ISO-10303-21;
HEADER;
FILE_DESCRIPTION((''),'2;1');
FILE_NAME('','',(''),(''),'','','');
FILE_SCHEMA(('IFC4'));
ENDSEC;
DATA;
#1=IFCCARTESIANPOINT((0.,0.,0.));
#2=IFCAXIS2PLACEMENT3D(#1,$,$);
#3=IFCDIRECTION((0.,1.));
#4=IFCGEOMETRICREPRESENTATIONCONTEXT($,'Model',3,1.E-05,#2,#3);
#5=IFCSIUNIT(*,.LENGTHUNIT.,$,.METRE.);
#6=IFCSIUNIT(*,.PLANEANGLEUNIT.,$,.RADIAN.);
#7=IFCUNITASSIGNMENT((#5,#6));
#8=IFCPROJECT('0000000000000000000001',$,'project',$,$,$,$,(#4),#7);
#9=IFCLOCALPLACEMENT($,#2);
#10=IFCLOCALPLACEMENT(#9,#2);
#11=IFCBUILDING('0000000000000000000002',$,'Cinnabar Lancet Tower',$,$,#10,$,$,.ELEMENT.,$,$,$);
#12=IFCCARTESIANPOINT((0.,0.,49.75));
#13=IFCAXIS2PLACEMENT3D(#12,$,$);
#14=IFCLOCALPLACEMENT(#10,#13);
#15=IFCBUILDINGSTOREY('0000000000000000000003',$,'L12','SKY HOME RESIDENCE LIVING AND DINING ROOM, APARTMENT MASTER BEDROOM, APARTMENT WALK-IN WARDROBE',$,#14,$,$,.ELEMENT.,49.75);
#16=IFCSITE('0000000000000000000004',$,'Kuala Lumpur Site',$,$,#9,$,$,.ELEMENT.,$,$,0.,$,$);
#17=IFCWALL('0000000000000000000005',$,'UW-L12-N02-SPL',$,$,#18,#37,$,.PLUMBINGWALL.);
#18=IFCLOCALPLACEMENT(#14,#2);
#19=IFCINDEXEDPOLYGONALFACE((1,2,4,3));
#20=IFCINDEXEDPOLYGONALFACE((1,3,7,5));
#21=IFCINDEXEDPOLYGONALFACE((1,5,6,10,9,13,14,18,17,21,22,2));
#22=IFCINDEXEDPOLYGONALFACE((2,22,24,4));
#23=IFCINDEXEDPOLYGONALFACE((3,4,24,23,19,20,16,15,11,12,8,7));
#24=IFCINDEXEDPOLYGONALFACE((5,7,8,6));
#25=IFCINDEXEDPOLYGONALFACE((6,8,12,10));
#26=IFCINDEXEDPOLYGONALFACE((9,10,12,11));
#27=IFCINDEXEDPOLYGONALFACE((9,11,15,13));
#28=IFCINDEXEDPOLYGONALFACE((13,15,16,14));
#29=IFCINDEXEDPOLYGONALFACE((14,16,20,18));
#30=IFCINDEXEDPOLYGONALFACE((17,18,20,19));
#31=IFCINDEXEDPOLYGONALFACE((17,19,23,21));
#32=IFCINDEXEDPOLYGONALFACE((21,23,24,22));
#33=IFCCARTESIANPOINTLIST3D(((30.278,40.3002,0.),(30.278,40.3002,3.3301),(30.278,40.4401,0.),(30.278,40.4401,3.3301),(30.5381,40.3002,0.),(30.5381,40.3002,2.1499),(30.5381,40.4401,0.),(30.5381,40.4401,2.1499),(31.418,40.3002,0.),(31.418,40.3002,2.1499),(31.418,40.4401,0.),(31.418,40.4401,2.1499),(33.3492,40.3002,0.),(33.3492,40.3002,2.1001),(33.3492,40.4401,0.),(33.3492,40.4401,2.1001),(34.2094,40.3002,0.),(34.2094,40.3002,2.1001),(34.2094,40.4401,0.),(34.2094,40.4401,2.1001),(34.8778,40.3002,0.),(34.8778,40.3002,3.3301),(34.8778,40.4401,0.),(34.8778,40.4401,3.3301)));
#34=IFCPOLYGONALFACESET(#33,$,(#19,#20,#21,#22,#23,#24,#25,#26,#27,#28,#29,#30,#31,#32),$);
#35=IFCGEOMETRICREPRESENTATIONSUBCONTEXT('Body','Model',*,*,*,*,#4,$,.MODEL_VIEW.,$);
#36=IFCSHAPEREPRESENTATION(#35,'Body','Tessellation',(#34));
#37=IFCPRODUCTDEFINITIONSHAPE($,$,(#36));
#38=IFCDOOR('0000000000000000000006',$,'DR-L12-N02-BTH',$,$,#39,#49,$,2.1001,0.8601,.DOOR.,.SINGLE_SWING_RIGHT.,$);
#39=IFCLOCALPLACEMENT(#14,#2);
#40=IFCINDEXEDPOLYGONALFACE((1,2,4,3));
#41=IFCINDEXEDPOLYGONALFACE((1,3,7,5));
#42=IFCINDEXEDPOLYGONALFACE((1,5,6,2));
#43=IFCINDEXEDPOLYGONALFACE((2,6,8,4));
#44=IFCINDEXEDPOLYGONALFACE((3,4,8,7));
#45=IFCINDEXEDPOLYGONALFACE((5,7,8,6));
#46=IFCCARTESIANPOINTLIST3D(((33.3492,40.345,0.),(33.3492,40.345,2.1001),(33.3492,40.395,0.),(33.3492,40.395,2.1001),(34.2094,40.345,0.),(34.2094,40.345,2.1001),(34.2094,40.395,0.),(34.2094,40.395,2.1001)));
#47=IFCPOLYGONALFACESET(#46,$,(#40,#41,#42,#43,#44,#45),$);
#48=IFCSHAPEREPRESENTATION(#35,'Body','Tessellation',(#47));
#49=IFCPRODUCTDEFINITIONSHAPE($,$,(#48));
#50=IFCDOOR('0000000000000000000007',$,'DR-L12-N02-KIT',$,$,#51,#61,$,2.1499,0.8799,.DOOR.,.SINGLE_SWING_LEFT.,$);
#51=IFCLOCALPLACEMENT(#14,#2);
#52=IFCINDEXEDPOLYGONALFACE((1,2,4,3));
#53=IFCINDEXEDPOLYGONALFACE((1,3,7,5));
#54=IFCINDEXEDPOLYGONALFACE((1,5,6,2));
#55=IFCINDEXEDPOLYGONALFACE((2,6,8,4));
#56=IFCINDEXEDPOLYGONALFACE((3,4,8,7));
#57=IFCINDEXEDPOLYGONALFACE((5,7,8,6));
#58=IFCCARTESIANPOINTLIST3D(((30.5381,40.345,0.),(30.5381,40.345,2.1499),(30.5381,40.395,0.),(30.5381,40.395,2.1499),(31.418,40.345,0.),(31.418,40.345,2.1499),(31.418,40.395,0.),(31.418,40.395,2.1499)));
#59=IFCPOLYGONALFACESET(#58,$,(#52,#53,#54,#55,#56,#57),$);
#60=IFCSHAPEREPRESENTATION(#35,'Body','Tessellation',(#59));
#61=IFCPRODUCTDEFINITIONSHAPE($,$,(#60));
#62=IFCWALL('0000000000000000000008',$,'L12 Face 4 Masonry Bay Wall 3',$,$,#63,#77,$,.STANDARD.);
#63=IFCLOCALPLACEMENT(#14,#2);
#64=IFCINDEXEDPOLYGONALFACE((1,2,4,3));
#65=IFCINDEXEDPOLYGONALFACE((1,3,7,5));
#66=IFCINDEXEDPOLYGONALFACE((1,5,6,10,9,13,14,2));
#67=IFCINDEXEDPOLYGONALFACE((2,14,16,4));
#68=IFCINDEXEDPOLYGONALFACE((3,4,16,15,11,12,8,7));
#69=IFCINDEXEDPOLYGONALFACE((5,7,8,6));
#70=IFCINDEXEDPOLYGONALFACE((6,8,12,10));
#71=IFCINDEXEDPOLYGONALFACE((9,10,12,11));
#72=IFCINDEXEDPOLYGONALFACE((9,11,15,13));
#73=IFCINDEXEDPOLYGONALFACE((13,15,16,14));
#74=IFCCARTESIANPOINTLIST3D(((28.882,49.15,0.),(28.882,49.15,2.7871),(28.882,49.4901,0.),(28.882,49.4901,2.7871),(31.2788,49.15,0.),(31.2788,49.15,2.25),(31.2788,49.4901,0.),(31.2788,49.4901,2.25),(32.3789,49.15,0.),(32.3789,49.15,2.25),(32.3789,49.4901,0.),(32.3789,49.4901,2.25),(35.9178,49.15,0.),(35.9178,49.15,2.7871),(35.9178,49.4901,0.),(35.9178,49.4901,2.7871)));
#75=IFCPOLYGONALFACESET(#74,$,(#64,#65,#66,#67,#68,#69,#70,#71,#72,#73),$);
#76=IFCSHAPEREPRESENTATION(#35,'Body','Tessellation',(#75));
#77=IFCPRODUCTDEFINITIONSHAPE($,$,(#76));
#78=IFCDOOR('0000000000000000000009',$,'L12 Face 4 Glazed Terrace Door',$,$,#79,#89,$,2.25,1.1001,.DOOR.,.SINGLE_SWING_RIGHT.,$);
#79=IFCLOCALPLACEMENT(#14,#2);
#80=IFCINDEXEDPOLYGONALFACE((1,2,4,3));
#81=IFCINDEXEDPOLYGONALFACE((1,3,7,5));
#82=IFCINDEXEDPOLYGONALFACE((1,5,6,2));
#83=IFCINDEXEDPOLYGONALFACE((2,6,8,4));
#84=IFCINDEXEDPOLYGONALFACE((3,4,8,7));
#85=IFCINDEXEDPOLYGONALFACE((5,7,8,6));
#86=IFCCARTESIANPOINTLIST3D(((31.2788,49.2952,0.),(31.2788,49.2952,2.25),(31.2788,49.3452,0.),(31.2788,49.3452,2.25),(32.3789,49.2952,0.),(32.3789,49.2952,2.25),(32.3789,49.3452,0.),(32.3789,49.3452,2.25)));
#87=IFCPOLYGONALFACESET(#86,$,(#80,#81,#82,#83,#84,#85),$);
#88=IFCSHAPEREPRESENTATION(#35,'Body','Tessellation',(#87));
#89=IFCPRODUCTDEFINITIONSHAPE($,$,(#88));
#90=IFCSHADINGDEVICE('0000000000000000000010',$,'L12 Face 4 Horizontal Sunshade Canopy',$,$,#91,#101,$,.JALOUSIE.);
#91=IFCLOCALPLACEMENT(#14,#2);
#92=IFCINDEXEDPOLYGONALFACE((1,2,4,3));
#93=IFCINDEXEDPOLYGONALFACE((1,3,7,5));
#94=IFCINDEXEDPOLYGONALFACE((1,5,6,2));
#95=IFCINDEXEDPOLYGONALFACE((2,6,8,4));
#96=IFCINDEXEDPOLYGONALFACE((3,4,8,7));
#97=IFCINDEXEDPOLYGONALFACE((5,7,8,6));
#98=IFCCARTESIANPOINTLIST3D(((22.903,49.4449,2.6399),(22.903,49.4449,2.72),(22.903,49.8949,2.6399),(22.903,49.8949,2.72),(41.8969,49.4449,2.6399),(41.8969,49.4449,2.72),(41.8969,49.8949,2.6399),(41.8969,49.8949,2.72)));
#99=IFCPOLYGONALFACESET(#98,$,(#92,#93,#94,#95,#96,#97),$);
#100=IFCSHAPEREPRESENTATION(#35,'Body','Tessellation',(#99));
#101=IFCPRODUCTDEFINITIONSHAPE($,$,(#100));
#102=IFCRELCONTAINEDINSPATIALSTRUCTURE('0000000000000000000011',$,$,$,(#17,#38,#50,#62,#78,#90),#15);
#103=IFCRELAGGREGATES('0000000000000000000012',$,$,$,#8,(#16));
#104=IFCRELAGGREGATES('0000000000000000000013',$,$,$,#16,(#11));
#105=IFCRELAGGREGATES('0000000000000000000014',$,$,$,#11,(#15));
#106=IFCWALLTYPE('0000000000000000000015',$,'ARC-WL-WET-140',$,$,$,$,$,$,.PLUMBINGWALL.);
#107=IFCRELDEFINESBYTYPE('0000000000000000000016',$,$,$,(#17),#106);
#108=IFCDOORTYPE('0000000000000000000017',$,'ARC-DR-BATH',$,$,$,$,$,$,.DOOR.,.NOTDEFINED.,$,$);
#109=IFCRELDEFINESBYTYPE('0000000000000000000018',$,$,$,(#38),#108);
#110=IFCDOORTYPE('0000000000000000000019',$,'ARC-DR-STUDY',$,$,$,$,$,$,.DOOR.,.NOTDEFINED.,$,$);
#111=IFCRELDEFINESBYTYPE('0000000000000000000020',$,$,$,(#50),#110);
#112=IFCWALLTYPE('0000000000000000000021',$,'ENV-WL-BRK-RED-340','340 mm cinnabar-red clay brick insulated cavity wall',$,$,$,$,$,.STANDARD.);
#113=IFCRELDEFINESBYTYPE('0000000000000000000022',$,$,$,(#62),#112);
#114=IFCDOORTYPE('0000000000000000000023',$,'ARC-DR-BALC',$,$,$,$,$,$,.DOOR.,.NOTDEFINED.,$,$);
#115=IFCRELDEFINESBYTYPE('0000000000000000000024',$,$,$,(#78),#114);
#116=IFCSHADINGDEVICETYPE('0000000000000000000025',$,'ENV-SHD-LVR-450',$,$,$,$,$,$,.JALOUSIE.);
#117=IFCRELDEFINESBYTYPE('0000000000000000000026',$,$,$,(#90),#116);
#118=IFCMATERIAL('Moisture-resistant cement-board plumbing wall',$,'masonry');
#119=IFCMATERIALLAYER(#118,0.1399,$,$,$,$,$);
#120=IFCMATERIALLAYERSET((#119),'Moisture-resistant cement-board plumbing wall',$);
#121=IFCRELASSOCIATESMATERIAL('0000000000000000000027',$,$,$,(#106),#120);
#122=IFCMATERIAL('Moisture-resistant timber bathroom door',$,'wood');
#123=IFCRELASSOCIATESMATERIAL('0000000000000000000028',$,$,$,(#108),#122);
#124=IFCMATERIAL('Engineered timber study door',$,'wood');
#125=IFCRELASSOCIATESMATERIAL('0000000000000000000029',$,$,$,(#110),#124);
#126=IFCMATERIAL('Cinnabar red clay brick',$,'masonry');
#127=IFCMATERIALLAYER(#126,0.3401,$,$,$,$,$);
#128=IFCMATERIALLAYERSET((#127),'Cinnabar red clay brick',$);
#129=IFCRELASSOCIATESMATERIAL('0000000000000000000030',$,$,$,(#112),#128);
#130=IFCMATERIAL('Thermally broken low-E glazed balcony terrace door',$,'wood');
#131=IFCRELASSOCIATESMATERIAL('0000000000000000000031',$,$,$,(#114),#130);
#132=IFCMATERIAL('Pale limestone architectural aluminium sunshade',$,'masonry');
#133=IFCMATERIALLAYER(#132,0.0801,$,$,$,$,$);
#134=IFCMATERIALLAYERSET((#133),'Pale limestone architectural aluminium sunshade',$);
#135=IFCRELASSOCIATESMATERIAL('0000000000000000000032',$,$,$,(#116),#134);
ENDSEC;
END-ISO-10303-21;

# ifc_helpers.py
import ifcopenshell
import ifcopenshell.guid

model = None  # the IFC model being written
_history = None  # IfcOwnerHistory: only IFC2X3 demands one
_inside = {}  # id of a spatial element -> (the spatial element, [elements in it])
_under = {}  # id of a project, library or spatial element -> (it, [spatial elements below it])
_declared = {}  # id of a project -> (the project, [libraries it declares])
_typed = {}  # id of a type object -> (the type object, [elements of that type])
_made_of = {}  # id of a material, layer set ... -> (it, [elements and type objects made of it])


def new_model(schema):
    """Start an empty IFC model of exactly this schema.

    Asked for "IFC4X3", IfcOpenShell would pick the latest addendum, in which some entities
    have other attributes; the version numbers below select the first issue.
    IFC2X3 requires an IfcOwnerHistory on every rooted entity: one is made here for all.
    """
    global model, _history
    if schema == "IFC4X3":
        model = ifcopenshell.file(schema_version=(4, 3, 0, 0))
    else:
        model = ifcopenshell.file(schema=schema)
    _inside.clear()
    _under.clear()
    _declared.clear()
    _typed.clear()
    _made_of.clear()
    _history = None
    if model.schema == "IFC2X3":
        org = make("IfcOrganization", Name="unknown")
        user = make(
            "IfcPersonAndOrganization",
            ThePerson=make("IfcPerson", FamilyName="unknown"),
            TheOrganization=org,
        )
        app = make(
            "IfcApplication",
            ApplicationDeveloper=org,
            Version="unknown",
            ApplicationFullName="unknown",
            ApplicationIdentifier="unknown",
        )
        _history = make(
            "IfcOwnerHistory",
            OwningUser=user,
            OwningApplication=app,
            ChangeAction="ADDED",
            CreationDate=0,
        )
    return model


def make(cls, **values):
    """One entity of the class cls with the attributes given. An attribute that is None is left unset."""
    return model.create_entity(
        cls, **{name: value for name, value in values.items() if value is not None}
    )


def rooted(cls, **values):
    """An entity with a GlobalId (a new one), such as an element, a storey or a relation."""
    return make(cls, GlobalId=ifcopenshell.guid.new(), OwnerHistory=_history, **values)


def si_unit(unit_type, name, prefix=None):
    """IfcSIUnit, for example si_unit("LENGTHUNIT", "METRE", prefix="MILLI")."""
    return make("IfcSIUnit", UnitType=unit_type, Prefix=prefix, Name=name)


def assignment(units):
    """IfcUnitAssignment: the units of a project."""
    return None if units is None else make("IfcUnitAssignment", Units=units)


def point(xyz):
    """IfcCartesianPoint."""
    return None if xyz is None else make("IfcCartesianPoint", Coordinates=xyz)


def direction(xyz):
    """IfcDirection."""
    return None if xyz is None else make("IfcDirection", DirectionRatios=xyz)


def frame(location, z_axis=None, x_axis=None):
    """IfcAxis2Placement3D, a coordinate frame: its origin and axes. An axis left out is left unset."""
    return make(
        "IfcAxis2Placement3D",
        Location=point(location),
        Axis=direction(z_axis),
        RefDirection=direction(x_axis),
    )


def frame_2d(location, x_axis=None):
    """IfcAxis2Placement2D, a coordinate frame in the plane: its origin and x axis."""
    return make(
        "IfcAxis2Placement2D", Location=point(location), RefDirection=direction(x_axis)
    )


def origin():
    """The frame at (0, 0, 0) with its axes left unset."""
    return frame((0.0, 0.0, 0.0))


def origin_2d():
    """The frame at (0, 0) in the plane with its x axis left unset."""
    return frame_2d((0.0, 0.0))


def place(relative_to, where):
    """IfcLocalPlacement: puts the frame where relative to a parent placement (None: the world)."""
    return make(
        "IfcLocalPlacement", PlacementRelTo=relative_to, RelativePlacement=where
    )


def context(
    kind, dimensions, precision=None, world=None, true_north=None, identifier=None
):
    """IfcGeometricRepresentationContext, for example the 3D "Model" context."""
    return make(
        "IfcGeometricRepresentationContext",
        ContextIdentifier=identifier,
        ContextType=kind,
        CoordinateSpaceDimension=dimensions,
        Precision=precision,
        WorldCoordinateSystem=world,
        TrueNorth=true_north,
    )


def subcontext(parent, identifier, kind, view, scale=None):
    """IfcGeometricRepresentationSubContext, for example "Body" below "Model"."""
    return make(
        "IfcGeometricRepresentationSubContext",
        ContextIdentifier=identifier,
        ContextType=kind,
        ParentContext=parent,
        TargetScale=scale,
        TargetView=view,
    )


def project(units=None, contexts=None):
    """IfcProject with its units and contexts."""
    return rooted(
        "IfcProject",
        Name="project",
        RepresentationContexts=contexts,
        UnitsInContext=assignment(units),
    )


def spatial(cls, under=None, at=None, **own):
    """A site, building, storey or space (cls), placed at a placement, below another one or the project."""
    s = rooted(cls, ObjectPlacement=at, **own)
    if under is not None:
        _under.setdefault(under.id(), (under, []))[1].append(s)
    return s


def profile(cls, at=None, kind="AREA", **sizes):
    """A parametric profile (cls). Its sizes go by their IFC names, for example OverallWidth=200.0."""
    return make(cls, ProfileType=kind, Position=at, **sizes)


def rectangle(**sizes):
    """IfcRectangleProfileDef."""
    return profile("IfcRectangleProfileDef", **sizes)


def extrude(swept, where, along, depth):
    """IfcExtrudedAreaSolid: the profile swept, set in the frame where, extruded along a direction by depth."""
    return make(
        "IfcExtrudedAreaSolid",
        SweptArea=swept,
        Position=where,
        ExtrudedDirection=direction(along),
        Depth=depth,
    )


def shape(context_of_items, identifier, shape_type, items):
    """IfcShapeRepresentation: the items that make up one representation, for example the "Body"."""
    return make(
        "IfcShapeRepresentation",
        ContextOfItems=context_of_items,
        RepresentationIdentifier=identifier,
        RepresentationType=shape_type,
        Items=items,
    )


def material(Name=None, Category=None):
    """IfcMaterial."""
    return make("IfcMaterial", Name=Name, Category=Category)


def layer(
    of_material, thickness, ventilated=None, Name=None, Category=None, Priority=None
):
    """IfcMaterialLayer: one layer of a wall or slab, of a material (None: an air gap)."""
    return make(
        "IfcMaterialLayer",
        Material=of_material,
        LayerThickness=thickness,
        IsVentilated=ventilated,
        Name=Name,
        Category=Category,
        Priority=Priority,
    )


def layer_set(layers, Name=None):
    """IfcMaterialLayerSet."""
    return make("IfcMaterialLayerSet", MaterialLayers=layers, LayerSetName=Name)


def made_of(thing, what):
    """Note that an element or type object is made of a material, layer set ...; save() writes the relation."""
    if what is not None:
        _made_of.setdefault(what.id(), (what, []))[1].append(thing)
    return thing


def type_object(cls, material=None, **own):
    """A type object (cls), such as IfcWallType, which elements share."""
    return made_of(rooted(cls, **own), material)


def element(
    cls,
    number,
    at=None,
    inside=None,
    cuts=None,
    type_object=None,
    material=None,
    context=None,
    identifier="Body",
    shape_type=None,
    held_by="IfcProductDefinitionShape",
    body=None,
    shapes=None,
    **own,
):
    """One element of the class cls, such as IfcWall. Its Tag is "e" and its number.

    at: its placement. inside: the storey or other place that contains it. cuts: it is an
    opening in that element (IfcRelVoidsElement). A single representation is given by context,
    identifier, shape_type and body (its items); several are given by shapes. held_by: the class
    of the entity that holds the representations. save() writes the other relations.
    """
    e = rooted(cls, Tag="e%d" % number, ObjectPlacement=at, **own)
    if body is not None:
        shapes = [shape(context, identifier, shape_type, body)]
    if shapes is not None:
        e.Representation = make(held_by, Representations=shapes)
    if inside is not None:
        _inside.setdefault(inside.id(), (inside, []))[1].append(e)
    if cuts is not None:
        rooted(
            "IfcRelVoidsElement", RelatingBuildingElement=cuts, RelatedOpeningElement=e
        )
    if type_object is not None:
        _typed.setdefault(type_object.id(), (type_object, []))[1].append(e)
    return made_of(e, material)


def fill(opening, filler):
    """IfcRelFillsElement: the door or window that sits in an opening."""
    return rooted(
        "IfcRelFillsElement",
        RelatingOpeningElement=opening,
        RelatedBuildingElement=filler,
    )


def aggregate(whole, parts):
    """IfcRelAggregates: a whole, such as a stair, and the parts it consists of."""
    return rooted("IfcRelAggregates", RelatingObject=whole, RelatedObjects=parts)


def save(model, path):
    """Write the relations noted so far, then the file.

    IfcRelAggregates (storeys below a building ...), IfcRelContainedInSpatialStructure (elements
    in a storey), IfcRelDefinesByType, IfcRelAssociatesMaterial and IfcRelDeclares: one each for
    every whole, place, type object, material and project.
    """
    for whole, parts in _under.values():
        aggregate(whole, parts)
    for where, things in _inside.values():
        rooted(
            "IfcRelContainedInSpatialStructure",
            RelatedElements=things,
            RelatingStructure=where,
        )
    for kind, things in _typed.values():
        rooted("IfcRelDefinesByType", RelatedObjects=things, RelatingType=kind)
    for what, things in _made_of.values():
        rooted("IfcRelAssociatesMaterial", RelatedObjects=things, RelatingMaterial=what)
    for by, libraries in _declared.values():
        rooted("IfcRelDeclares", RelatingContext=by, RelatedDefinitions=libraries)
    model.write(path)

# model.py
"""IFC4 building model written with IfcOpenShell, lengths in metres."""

from ifc_helpers import new_model, si_unit, direction, frame, frame_2d, origin, origin_2d, place, context, subcontext, project, spatial, rectangle, extrude, material, layer, layer_set, type_object, element, fill, save


model = new_model("IFC4")

# Units and contexts
model_context = context("Model", 3, precision=1e-05, world=origin(), true_north=direction((0.0, 1.0)))
body_context = subcontext(model_context, "Body", "Model", "MODEL_VIEW")
ifc_project = project(units=[si_unit("LENGTHUNIT", "METRE"), si_unit("PLANEANGLEUNIT", "RADIAN")], contexts=[model_context])

# Site, building, storey
site_placement = place(None, origin())
site = spatial("IfcSite", under=ifc_project, at=site_placement, Name="Kuala Lumpur Site", CompositionType="ELEMENT", RefElevation=0.0)
building_placement = place(site_placement, origin())
building = spatial("IfcBuilding", under=site, at=building_placement, Name="Cinnabar Lancet Tower", CompositionType="ELEMENT")
storey_placement = place(building_placement, frame((0.0, 0.0, 49.75)))
storey = spatial("IfcBuildingStorey", under=building, at=storey_placement, Name="L12", Description="SKY HOME RESIDENCE LIVING AND DINING ROOM, APARTMENT MASTER BEDROOM, APARTMENT WALK-IN WARDROBE", CompositionType="ELEMENT", Elevation=49.75)

# Wall, openings, doors
ifc_material_1 = material(Name="Moisture-resistant cement-board plumbing wall", Category="masonry")
ifc_layer_1 = layer(ifc_material_1, 0.1399)
ifc_layer_set_1 = layer_set([ifc_layer_1], Name="Moisture-resistant cement-board plumbing wall")
wall_type_1 = type_object("IfcWallType", Name="ARC-WL-WET-140", PredefinedType="PLUMBINGWALL", material=ifc_layer_set_1)
wall_1_placement = place(storey_placement, frame((30.2781, 40.3701, 0.0), z_axis=(0.0, 0.0, 1.0), x_axis=(1.0, 0.0, 0.0)))
wall_1 = element("IfcWall", 1, at=wall_1_placement, inside=storey, type_object=wall_type_1, Name="UW-L12-N02-SPL", PredefinedType="PLUMBINGWALL", context=body_context, shape_type="SweptSolid", body=[
    extrude(rectangle(XDim=4.5999, YDim=0.1399, at=frame_2d((2.2998, 0.0))), origin(), (0.0, 0.0, 1.0), 3.3301),
])
opening_1_placement = place(wall_1_placement, frame((3.071, 0.0, 0.0)))
opening_1 = element("IfcOpeningElement", 2, at=opening_1_placement, cuts=wall_1, PredefinedType="OPENING", context=body_context, shape_type="SweptSolid", body=[
    extrude(rectangle(XDim=0.8601, YDim=2.1001, at=frame_2d((0.4302, 1.05))), frame((0.0, 0.0798, 0.0), z_axis=(0.0, -1.0, 0.0), x_axis=(1.0, 0.0, 0.0)), (0.0, 0.0, 1.0), 0.1599),
])
opening_2_placement = place(wall_1_placement, frame((0.26, 0.0, 0.0)))
opening_2 = element("IfcOpeningElement", 3, at=opening_2_placement, cuts=wall_1, PredefinedType="OPENING", context=body_context, shape_type="SweptSolid", body=[
    extrude(rectangle(XDim=0.8799, YDim=2.1499, at=frame_2d((0.4399, 1.075))), frame((0.0, 0.0798, 0.0), z_axis=(0.0, -1.0, 0.0), x_axis=(1.0, 0.0, 0.0)), (0.0, 0.0, 1.0), 0.1599),
])
ifc_material_2 = material(Name="Moisture-resistant timber bathroom door", Category="wood")
door_type_1 = type_object("IfcDoorType", Name="ARC-DR-BATH", OperationType="NOTDEFINED", PredefinedType="DOOR", material=ifc_material_2)
door_1_placement = place(opening_1_placement, origin())
door_1 = element("IfcDoor", 4, at=door_1_placement, inside=storey, type_object=door_type_1, Name="DR-L12-N02-BTH", OperationType="SINGLE_SWING_RIGHT", OverallHeight=2.1001, OverallWidth=0.8601, PredefinedType="DOOR", context=body_context, shape_type="SweptSolid", body=[
    extrude(rectangle(XDim=0.8601, YDim=2.1001, at=frame_2d((0.4302, 1.05))), frame((0.0, 0.0249, 0.0), z_axis=(0.0, -1.0, 0.0), x_axis=(1.0, 0.0, 0.0)), (0.0, 0.0, 1.0), 0.05),
])
fill(opening_1, door_1)
ifc_material_3 = material(Name="Engineered timber study door", Category="wood")
door_type_2 = type_object("IfcDoorType", Name="ARC-DR-STUDY", OperationType="NOTDEFINED", PredefinedType="DOOR", material=ifc_material_3)
door_2_placement = place(opening_2_placement, origin())
door_2 = element("IfcDoor", 5, at=door_2_placement, inside=storey, type_object=door_type_2, Name="DR-L12-N02-KIT", OperationType="SINGLE_SWING_LEFT", OverallHeight=2.1499, OverallWidth=0.8799, PredefinedType="DOOR", context=body_context, shape_type="SweptSolid", body=[
    extrude(rectangle(XDim=0.8799, YDim=2.1499, at=frame_2d((0.4399, 1.075))), frame((0.0, 0.0249, 0.0), z_axis=(0.0, -1.0, 0.0), x_axis=(1.0, 0.0, 0.0)), (0.0, 0.0, 1.0), 0.05),
])
fill(opening_2, door_2)

# Wall, opening, door
ifc_material_4 = material(Name="Cinnabar red clay brick", Category="masonry")
ifc_layer_2 = layer(ifc_material_4, 0.3401)
ifc_layer_set_2 = layer_set([ifc_layer_2], Name="Cinnabar red clay brick")
wall_type_2 = type_object("IfcWallType", Name="ENV-WL-BRK-RED-340", Description="340 mm cinnabar-red clay brick insulated cavity wall", PredefinedType="STANDARD", material=ifc_layer_set_2)
wall_2_placement = place(storey_placement, frame((35.918, 49.3201, 0.0), z_axis=(0.0, 0.0, 1.0), x_axis=(-1.0, 0.0, 0.0)))
wall_2 = element("IfcWall", 6, at=wall_2_placement, inside=storey, type_object=wall_type_2, Name="L12 Face 4 Masonry Bay Wall 3", PredefinedType="STANDARD", context=body_context, shape_type="SweptSolid", body=[
    extrude(rectangle(XDim=7.0359, YDim=0.3401, at=frame_2d((3.5181, 0.0))), origin(), (0.0, 0.0, 1.0), 2.7871),
])
opening_3_placement = place(wall_2_placement, frame((3.5391, 0.0, 0.0)))
opening_3 = element("IfcOpeningElement", 7, at=opening_3_placement, cuts=wall_2, PredefinedType="OPENING", context=body_context, shape_type="SweptSolid", body=[
    extrude(rectangle(XDim=1.1001, YDim=2.25, at=frame_2d((0.55, 1.125))), frame((0.0, 0.1799, 0.0), z_axis=(0.0, -1.0, 0.0), x_axis=(1.0, 0.0, 0.0)), (0.0, 0.0, 1.0), 0.3601),
])
ifc_material_5 = material(Name="Thermally broken low-E glazed balcony terrace door", Category="wood")
door_type_3 = type_object("IfcDoorType", Name="ARC-DR-BALC", OperationType="NOTDEFINED", PredefinedType="DOOR", material=ifc_material_5)
door_3_placement = place(opening_3_placement, origin())
door_3 = element("IfcDoor", 8, at=door_3_placement, inside=storey, type_object=door_type_3, Name="L12 Face 4 Glazed Terrace Door", OperationType="SINGLE_SWING_RIGHT", OverallHeight=2.25, OverallWidth=1.1001, PredefinedType="DOOR", context=body_context, shape_type="SweptSolid", body=[
    extrude(rectangle(XDim=1.1001, YDim=2.25, at=frame_2d((0.55, 1.125))), frame((0.0, 0.0249, 0.0), z_axis=(0.0, -1.0, 0.0), x_axis=(1.0, 0.0, 0.0)), (0.0, 0.0, 1.0), 0.05),
])
fill(opening_3, door_3)

# Shading device
ifc_material_6 = material(Name="Pale limestone architectural aluminium sunshade", Category="masonry")
ifc_layer_3 = layer(ifc_material_6, 0.0801)
ifc_layer_set_3 = layer_set([ifc_layer_3], Name="Pale limestone architectural aluminium sunshade")
shading_device_type = type_object("IfcShadingDeviceType", Name="ENV-SHD-LVR-450", PredefinedType="JALOUSIE", material=ifc_layer_set_3)
shading_device_placement = place(storey_placement, frame((32.3999, 49.6699, 2.6399), z_axis=(0.0, 0.0, 1.0), x_axis=(-1.0, 0.0, 0.0)))
element("IfcShadingDevice", 9, at=shading_device_placement, inside=storey, type_object=shading_device_type, Name="L12 Face 4 Horizontal Sunshade Canopy", PredefinedType="JALOUSIE", context=body_context, shape_type="SweptSolid", body=[
    extrude(rectangle(XDim=18.9939, YDim=0.45, at=origin_2d()), origin(), (0.0, 0.0, 1.0), 0.0801),
])

save(model, "model.ifc")
